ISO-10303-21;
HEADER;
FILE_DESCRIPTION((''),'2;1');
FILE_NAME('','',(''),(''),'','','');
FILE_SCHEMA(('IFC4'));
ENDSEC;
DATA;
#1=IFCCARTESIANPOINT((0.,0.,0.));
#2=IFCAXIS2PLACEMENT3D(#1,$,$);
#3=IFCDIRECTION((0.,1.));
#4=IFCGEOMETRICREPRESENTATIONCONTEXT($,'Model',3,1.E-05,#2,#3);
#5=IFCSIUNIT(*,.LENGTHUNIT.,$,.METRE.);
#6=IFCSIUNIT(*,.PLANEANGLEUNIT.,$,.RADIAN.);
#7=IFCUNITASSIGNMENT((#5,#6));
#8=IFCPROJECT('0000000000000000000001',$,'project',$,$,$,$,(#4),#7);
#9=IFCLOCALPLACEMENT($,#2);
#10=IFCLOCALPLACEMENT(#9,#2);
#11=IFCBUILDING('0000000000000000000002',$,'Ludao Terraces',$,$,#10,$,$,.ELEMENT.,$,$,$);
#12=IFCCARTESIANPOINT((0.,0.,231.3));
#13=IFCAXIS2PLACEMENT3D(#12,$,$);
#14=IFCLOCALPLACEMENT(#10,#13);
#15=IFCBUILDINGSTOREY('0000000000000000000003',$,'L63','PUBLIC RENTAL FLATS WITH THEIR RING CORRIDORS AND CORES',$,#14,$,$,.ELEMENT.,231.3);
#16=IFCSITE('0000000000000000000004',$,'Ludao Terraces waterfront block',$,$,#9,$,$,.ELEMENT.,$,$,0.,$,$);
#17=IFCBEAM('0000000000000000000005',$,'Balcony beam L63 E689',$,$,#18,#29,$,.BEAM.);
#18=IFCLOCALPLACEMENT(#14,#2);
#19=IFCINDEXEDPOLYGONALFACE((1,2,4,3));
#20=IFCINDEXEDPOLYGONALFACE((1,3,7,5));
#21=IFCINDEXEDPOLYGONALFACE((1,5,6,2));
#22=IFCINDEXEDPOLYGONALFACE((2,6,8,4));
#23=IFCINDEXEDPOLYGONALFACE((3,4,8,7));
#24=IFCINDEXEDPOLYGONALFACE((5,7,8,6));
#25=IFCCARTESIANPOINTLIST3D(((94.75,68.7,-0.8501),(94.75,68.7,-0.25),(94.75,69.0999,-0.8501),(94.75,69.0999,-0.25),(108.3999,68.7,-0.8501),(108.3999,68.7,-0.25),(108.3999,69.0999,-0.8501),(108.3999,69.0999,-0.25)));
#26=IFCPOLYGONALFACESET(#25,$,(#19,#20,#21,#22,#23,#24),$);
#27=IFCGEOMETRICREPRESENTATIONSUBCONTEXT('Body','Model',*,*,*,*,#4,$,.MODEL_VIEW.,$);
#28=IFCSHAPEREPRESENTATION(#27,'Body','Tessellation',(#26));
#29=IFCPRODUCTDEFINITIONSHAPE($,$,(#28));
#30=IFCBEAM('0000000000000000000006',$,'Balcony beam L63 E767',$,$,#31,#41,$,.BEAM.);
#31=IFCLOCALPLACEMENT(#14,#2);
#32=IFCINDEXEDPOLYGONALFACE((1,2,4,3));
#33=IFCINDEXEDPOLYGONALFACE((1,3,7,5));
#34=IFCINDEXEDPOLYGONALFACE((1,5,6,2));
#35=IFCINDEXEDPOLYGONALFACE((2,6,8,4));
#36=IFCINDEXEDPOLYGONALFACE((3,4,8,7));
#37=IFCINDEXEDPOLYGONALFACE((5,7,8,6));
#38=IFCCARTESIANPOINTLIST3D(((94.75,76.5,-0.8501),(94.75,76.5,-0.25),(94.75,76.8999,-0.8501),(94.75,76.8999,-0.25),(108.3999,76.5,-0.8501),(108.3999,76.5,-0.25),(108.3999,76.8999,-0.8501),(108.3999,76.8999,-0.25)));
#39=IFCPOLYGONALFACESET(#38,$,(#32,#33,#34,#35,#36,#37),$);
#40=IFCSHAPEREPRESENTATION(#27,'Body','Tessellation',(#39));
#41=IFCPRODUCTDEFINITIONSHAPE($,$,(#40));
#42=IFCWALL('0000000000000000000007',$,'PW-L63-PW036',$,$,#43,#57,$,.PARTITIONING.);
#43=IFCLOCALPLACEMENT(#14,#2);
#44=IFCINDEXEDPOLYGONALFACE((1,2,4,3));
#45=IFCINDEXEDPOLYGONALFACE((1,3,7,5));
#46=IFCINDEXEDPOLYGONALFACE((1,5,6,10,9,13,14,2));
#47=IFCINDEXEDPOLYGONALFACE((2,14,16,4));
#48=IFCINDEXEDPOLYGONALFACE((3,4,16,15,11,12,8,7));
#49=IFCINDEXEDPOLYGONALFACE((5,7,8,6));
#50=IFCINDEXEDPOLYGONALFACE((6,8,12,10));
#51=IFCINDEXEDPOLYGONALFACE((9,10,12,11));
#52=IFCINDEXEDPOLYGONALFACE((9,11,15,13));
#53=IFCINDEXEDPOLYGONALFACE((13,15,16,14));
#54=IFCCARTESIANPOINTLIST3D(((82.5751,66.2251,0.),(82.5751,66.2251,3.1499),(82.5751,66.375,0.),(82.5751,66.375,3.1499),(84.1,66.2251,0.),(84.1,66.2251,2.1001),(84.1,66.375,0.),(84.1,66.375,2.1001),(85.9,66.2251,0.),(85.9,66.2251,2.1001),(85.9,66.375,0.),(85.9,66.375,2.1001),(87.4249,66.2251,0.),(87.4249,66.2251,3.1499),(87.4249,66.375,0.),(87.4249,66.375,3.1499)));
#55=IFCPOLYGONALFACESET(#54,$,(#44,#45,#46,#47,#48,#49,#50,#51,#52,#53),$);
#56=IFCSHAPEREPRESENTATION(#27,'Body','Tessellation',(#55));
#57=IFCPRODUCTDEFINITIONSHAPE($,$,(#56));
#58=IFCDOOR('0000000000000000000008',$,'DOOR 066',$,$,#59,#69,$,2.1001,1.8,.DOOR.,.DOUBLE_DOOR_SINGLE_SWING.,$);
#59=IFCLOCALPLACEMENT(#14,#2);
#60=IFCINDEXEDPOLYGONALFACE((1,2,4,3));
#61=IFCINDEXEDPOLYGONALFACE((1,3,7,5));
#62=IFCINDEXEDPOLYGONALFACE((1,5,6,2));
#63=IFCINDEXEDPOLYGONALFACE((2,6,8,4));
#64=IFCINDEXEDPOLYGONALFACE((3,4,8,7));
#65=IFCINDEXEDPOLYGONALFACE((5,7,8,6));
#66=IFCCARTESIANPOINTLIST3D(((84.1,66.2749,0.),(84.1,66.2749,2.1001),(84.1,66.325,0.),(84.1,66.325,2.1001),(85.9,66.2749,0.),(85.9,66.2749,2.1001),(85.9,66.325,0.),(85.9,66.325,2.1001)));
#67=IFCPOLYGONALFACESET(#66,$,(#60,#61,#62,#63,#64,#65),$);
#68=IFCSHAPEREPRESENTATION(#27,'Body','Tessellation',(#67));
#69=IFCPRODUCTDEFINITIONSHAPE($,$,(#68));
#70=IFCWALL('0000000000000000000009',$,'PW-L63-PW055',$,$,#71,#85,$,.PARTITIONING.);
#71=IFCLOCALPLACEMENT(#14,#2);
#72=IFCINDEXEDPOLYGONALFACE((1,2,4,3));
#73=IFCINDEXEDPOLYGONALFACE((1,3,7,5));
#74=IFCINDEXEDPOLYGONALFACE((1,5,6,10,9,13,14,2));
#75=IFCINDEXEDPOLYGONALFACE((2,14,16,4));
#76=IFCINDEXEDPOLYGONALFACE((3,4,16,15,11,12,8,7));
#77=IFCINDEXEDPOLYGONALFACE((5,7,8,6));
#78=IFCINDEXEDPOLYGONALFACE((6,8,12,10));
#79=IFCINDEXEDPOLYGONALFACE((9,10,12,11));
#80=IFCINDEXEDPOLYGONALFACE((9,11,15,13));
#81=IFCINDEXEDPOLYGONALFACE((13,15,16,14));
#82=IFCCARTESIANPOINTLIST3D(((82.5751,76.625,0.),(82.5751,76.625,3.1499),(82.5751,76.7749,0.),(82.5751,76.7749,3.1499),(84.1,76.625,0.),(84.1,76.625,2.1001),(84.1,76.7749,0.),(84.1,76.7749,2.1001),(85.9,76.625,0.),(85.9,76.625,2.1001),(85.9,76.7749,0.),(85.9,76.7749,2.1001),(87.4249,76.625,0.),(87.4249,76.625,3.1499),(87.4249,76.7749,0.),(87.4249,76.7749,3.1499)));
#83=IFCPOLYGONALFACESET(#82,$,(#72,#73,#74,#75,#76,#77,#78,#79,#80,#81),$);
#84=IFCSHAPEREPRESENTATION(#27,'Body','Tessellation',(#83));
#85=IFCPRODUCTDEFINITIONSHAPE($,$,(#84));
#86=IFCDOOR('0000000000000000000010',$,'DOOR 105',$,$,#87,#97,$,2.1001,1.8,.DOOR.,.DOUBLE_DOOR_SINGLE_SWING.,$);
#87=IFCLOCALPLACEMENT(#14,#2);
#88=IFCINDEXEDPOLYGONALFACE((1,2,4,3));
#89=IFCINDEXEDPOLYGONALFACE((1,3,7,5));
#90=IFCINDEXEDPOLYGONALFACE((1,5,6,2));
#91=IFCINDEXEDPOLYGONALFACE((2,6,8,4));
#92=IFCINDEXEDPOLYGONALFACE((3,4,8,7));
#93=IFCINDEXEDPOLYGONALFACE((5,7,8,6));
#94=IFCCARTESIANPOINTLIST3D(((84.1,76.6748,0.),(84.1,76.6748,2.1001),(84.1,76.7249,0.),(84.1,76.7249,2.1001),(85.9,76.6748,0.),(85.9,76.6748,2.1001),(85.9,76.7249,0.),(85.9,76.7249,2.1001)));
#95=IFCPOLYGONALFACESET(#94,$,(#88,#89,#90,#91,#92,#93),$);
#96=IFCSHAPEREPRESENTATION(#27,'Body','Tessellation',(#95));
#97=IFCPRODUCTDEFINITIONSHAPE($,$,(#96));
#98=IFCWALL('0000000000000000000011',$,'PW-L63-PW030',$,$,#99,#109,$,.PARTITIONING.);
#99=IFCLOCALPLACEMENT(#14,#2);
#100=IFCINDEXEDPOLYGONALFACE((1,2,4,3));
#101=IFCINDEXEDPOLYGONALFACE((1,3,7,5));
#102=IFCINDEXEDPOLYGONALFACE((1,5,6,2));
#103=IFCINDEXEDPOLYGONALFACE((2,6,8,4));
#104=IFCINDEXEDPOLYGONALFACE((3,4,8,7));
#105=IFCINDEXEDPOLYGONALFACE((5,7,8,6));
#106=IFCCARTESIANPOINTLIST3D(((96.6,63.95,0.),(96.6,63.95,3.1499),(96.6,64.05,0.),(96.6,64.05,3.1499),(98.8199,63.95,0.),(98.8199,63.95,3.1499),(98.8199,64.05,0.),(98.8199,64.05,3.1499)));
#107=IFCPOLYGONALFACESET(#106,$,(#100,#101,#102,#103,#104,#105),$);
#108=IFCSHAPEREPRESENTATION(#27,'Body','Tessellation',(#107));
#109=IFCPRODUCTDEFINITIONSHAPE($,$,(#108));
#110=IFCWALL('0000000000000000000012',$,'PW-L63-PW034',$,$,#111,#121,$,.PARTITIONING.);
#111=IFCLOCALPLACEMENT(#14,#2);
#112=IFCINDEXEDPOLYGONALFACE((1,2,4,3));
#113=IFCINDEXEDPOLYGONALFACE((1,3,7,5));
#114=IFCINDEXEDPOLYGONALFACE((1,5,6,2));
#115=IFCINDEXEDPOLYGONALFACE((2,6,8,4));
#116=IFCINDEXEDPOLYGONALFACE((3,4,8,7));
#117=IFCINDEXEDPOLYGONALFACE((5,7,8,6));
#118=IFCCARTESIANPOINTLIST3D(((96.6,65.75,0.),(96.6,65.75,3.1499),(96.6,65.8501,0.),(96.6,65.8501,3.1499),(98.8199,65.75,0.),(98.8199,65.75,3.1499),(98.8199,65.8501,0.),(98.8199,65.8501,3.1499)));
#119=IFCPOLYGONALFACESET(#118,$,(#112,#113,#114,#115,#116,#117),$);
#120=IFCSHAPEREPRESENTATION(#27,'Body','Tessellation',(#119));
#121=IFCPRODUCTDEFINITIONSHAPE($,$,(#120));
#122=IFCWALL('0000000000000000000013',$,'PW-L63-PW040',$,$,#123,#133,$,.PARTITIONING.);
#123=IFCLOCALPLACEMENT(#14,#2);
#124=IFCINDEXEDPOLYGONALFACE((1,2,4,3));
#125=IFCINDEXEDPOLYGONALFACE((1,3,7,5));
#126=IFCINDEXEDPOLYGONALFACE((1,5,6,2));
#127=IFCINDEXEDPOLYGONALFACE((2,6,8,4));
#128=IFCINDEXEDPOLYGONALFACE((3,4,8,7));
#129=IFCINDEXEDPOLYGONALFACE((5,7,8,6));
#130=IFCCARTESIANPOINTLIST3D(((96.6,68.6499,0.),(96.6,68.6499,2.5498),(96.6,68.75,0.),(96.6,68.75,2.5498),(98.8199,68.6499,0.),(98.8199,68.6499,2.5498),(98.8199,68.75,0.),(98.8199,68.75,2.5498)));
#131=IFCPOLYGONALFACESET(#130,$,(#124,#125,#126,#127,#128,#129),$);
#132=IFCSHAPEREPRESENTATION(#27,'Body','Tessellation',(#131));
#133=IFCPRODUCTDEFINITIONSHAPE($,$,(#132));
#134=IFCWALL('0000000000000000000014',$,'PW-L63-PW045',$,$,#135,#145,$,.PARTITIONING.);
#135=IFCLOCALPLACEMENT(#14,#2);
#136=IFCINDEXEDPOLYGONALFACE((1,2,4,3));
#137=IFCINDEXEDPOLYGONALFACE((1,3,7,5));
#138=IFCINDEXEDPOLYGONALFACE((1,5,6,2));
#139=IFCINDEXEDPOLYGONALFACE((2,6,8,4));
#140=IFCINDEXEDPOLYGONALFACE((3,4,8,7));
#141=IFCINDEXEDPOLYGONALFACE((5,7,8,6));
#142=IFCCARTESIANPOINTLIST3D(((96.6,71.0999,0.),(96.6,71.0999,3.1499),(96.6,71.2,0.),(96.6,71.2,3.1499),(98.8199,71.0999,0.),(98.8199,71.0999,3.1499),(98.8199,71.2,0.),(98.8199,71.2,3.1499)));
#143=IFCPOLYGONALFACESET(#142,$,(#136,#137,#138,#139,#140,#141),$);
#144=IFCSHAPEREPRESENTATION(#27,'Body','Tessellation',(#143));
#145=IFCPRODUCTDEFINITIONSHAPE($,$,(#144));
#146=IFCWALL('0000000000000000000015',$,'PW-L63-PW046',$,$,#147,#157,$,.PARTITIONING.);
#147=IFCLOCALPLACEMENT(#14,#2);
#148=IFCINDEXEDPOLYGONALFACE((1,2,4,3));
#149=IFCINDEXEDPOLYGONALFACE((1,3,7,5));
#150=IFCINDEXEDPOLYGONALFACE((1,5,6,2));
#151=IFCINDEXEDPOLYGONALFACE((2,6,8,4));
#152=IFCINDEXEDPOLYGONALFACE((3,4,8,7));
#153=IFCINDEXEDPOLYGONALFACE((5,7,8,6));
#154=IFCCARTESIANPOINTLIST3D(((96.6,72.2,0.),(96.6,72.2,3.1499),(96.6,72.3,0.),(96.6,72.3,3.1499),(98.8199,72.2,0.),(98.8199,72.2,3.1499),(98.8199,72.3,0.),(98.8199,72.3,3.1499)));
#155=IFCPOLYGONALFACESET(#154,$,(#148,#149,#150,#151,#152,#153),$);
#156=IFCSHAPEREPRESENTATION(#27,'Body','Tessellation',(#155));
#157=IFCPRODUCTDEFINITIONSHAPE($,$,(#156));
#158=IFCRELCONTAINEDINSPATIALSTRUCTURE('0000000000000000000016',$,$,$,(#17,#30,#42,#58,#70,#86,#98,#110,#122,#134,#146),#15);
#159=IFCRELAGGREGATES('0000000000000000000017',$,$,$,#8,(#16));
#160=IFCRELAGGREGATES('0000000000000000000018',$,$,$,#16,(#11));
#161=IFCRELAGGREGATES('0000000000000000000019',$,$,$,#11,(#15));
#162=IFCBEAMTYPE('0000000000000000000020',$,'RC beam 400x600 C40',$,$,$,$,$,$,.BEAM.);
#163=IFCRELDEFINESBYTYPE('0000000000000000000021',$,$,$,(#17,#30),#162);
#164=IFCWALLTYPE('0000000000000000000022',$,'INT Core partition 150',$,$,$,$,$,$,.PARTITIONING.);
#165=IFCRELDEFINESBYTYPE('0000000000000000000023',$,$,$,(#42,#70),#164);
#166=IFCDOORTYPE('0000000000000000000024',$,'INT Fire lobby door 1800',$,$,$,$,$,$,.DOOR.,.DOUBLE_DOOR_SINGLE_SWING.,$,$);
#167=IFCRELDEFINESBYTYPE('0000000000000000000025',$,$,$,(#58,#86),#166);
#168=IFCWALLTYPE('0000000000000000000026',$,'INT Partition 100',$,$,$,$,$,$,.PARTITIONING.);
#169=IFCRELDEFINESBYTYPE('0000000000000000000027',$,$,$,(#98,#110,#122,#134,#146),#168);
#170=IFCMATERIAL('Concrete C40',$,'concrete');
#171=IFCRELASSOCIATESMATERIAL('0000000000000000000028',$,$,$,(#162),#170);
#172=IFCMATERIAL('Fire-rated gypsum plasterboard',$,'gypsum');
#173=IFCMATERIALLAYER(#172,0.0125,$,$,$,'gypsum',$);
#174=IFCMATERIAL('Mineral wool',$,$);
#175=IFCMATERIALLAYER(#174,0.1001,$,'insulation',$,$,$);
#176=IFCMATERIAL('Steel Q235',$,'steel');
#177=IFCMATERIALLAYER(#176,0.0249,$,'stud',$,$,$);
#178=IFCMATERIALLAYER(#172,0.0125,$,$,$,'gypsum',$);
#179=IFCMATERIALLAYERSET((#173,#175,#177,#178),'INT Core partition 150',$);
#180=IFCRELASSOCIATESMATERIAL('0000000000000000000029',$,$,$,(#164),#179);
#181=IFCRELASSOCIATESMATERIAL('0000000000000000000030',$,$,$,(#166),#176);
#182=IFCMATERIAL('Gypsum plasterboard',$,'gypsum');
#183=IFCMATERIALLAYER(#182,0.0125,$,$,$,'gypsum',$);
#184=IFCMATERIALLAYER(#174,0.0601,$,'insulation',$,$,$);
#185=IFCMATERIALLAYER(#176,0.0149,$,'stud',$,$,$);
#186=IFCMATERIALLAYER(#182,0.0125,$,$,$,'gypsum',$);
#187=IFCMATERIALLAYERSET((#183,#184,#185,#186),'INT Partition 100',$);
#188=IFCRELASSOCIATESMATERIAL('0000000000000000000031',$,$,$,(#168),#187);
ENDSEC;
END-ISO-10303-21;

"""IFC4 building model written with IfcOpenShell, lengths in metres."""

from ifc_helpers import new_model, si_unit, direction, frame, frame_2d, origin, origin_2d, place, context, subcontext, project, spatial, rectangle, extrude, material, layer, layer_set, material_profile, profile_set, type_object, element, fill, save


model = new_model("IFC4")

# Units and contexts
model_context = context("Model", 3, precision=1e-05, world=origin(), true_north=direction((0.0, 1.0)))
body_context = subcontext(model_context, "Body", "Model", "MODEL_VIEW")
ifc_project = project(units=[si_unit("LENGTHUNIT", "METRE"), si_unit("PLANEANGLEUNIT", "RADIAN")], contexts=[model_context])

# Site, building, storey
site_placement = place(None, origin())
site = spatial("IfcSite", under=ifc_project, at=site_placement, Name="Ludao Terraces waterfront block", CompositionType="ELEMENT", RefElevation=0.0)
building_placement = place(site_placement, origin())
building = spatial("IfcBuilding", under=site, at=building_placement, Name="Ludao Terraces", CompositionType="ELEMENT")
storey_placement = place(building_placement, frame((0.0, 0.0, 231.3)))
storey = spatial("IfcBuildingStorey", under=building, at=storey_placement, Name="L63", Description="PUBLIC RENTAL FLATS WITH THEIR RING CORRIDORS AND CORES", CompositionType="ELEMENT", Elevation=231.3)

# Beams
ifc_material_1 = material(Name="Concrete C40", Category="concrete")
ifc_material_profile = material_profile(ifc_material_1, rectangle(XDim=0.3999, YDim=0.6001, at=origin_2d()), Name="400 X 600")
ifc_profile_set = profile_set([ifc_material_profile], Name="Concrete C40")
beam_type = type_object("IfcBeamType", Name="RC beam 400x600 C40", PredefinedType="BEAM", material=ifc_profile_set)
for number, where, z_axis, x_axis, name in (
    (1, (94.75, 68.8999, -0.55), (1.0, 0.0, 0.0), (0.0, 1.0, 0.0), "Balcony beam L63 E689"),
    (2, (94.75, 76.7, -0.55), (1.0, 0.0, 0.0), (0.0, 1.0, 0.0), "Balcony beam L63 E767"),
):
    element("IfcBeam", number, at=place(storey_placement, frame(where, z_axis=z_axis, x_axis=x_axis)), inside=storey, type_object=beam_type, Name=name, PredefinedType="BEAM", context=body_context, shape_type="SweptSolid", body=[
        extrude(rectangle(XDim=0.3999, YDim=0.6001, at=origin_2d()), origin(), (0.0, 0.0, 1.0), 13.6499),
    ])

# Walls, openings, doors
ifc_material_2 = material(Name="Fire-rated gypsum plasterboard", Category="gypsum")
ifc_layer_1 = layer(ifc_material_2, 0.0125, Category="gypsum")
ifc_material_3 = material(Name="Mineral wool")
ifc_layer_2 = layer(ifc_material_3, 0.1001, Name="insulation")
ifc_material_4 = material(Name="Steel Q235", Category="steel")
ifc_layer_3 = layer(ifc_material_4, 0.0249, Name="stud")
ifc_layer_4 = layer(ifc_material_2, 0.0125, Category="gypsum")
ifc_layer_set_1 = layer_set([ifc_layer_1, ifc_layer_2, ifc_layer_3, ifc_layer_4], Name="INT Core partition 150")
wall_type_1 = type_object("IfcWallType", Name="INT Core partition 150", PredefinedType="PARTITIONING", material=ifc_layer_set_1)
wall_1_placement = place(storey_placement, frame((82.5752, 66.3, 0.0), z_axis=(0.0, 0.0, 1.0), x_axis=(1.0, 0.0, 0.0)))
wall_1 = element("IfcWall", 3, at=wall_1_placement, inside=storey, type_object=wall_type_1, Name="PW-L63-PW036", PredefinedType="PARTITIONING", context=body_context, shape_type="SweptSolid", body=[
    extrude(rectangle(XDim=4.8499, YDim=0.1499, at=frame_2d((2.4248, 0.0))), origin(), (0.0, 0.0, 1.0), 3.1499),
])
opening_1_placement = place(wall_1_placement, frame((1.5249, 0.0, 0.0)))
opening_1 = element("IfcOpeningElement", 4, at=opening_1_placement, cuts=wall_1, PredefinedType="OPENING", context=body_context, shape_type="SweptSolid", body=[
    extrude(rectangle(XDim=1.8, YDim=2.1001, at=frame_2d((0.8999, 1.05))), frame((0.0, 0.085, 0.0), z_axis=(0.0, -1.0, 0.0), x_axis=(1.0, 0.0, 0.0)), (0.0, 0.0, 1.0), 0.1699),
])
door_type_1 = type_object("IfcDoorType", Name="INT Fire lobby door 1800", OperationType="DOUBLE_DOOR_SINGLE_SWING", PredefinedType="DOOR", material=ifc_material_4)
door_1_placement = place(opening_1_placement, origin())
door_1 = element("IfcDoor", 5, at=door_1_placement, inside=storey, type_object=door_type_1, Name="DOOR 066", OperationType="DOUBLE_DOOR_SINGLE_SWING", OverallHeight=2.1001, OverallWidth=1.8, PredefinedType="DOOR", context=body_context, shape_type="SweptSolid", body=[
    extrude(rectangle(XDim=1.8, YDim=2.1001, at=frame_2d((0.8999, 1.05))), frame((0.0, 0.0249, 0.0), z_axis=(0.0, -1.0, 0.0), x_axis=(1.0, 0.0, 0.0)), (0.0, 0.0, 1.0), 0.05),
])
fill(opening_1, door_1)
wall_2_placement = place(storey_placement, frame((82.5752, 76.7, 0.0), z_axis=(0.0, 0.0, 1.0), x_axis=(1.0, 0.0, 0.0)))
wall_2 = element("IfcWall", 6, at=wall_2_placement, inside=storey, type_object=wall_type_1, Name="PW-L63-PW055", PredefinedType="PARTITIONING", context=body_context, shape_type="SweptSolid", body=[
    extrude(rectangle(XDim=4.8499, YDim=0.1499, at=frame_2d((2.4248, 0.0))), origin(), (0.0, 0.0, 1.0), 3.1499),
])
opening_2_placement = place(wall_2_placement, frame((1.5249, 0.0, 0.0)))
opening_2 = element("IfcOpeningElement", 7, at=opening_2_placement, cuts=wall_2, PredefinedType="OPENING", context=body_context, shape_type="SweptSolid", body=[
    extrude(rectangle(XDim=1.8, YDim=2.1001, at=frame_2d((0.8999, 1.05))), frame((0.0, 0.085, 0.0), z_axis=(0.0, -1.0, 0.0), x_axis=(1.0, 0.0, 0.0)), (0.0, 0.0, 1.0), 0.1699),
])
door_2_placement = place(opening_2_placement, origin())
door_2 = element("IfcDoor", 8, at=door_2_placement, inside=storey, type_object=door_type_1, Name="DOOR 105", OperationType="DOUBLE_DOOR_SINGLE_SWING", OverallHeight=2.1001, OverallWidth=1.8, PredefinedType="DOOR", context=body_context, shape_type="SweptSolid", body=[
    extrude(rectangle(XDim=1.8, YDim=2.1001, at=frame_2d((0.8999, 1.05))), frame((0.0, 0.0249, 0.0), z_axis=(0.0, -1.0, 0.0), x_axis=(1.0, 0.0, 0.0)), (0.0, 0.0, 1.0), 0.05),
])
fill(opening_2, door_2)

# Walls
ifc_material_5 = material(Name="Gypsum plasterboard", Category="gypsum")
ifc_layer_5 = layer(ifc_material_5, 0.0125, Category="gypsum")
ifc_layer_6 = layer(ifc_material_3, 0.0601, Name="insulation")
ifc_layer_7 = layer(ifc_material_4, 0.0149, Name="stud")
ifc_layer_8 = layer(ifc_material_5, 0.0125, Category="gypsum")
ifc_layer_set_2 = layer_set([ifc_layer_5, ifc_layer_6, ifc_layer_7, ifc_layer_8], Name="INT Partition 100")
wall_type_2 = type_object("IfcWallType", Name="INT Partition 100", PredefinedType="PARTITIONING", material=ifc_layer_set_2)
for number, where, z_axis, x_axis, name in (
    (9, (96.6001, 64.0, 0.0), (0.0, 0.0, 1.0), (1.0, 0.0, 0.0), "PW-L63-PW030"),
    (10, (96.6001, 65.8, 0.0), (0.0, 0.0, 1.0), (1.0, 0.0, 0.0), "PW-L63-PW034"),
):
    element("IfcWall", number, at=place(storey_placement, frame(where, z_axis=z_axis, x_axis=x_axis)), inside=storey, type_object=wall_type_2, Name=name, PredefinedType="PARTITIONING", context=body_context, shape_type="SweptSolid", body=[
        extrude(rectangle(XDim=2.22, YDim=0.1001, at=frame_2d((1.1099, 0.0))), origin(), (0.0, 0.0, 1.0), 3.1499),
    ])
wall_3_placement = place(storey_placement, frame((96.6001, 68.7, 0.0), z_axis=(0.0, 0.0, 1.0), x_axis=(1.0, 0.0, 0.0)))
element("IfcWall", 11, at=wall_3_placement, inside=storey, type_object=wall_type_2, Name="PW-L63-PW040", PredefinedType="PARTITIONING", context=body_context, shape_type="SweptSolid", body=[
    extrude(rectangle(XDim=2.22, YDim=0.1001, at=frame_2d((1.1099, 0.0))), origin(), (0.0, 0.0, 1.0), 2.5498),
])
for number, where, z_axis, x_axis, name in (
    (12, (96.6001, 71.1499, 0.0), (0.0, 0.0, 1.0), (1.0, 0.0, 0.0), "PW-L63-PW045"),
    (13, (96.6001, 72.25, 0.0), (0.0, 0.0, 1.0), (1.0, 0.0, 0.0), "PW-L63-PW046"),
):
    element("IfcWall", number, at=place(storey_placement, frame(where, z_axis=z_axis, x_axis=x_axis)), inside=storey, type_object=wall_type_2, Name=name, PredefinedType="PARTITIONING", context=body_context, shape_type="SweptSolid", body=[
        extrude(rectangle(XDim=2.22, YDim=0.1001, at=frame_2d((1.1099, 0.0))), origin(), (0.0, 0.0, 1.0), 3.1499),
    ])

save(model, "model.ifc")
